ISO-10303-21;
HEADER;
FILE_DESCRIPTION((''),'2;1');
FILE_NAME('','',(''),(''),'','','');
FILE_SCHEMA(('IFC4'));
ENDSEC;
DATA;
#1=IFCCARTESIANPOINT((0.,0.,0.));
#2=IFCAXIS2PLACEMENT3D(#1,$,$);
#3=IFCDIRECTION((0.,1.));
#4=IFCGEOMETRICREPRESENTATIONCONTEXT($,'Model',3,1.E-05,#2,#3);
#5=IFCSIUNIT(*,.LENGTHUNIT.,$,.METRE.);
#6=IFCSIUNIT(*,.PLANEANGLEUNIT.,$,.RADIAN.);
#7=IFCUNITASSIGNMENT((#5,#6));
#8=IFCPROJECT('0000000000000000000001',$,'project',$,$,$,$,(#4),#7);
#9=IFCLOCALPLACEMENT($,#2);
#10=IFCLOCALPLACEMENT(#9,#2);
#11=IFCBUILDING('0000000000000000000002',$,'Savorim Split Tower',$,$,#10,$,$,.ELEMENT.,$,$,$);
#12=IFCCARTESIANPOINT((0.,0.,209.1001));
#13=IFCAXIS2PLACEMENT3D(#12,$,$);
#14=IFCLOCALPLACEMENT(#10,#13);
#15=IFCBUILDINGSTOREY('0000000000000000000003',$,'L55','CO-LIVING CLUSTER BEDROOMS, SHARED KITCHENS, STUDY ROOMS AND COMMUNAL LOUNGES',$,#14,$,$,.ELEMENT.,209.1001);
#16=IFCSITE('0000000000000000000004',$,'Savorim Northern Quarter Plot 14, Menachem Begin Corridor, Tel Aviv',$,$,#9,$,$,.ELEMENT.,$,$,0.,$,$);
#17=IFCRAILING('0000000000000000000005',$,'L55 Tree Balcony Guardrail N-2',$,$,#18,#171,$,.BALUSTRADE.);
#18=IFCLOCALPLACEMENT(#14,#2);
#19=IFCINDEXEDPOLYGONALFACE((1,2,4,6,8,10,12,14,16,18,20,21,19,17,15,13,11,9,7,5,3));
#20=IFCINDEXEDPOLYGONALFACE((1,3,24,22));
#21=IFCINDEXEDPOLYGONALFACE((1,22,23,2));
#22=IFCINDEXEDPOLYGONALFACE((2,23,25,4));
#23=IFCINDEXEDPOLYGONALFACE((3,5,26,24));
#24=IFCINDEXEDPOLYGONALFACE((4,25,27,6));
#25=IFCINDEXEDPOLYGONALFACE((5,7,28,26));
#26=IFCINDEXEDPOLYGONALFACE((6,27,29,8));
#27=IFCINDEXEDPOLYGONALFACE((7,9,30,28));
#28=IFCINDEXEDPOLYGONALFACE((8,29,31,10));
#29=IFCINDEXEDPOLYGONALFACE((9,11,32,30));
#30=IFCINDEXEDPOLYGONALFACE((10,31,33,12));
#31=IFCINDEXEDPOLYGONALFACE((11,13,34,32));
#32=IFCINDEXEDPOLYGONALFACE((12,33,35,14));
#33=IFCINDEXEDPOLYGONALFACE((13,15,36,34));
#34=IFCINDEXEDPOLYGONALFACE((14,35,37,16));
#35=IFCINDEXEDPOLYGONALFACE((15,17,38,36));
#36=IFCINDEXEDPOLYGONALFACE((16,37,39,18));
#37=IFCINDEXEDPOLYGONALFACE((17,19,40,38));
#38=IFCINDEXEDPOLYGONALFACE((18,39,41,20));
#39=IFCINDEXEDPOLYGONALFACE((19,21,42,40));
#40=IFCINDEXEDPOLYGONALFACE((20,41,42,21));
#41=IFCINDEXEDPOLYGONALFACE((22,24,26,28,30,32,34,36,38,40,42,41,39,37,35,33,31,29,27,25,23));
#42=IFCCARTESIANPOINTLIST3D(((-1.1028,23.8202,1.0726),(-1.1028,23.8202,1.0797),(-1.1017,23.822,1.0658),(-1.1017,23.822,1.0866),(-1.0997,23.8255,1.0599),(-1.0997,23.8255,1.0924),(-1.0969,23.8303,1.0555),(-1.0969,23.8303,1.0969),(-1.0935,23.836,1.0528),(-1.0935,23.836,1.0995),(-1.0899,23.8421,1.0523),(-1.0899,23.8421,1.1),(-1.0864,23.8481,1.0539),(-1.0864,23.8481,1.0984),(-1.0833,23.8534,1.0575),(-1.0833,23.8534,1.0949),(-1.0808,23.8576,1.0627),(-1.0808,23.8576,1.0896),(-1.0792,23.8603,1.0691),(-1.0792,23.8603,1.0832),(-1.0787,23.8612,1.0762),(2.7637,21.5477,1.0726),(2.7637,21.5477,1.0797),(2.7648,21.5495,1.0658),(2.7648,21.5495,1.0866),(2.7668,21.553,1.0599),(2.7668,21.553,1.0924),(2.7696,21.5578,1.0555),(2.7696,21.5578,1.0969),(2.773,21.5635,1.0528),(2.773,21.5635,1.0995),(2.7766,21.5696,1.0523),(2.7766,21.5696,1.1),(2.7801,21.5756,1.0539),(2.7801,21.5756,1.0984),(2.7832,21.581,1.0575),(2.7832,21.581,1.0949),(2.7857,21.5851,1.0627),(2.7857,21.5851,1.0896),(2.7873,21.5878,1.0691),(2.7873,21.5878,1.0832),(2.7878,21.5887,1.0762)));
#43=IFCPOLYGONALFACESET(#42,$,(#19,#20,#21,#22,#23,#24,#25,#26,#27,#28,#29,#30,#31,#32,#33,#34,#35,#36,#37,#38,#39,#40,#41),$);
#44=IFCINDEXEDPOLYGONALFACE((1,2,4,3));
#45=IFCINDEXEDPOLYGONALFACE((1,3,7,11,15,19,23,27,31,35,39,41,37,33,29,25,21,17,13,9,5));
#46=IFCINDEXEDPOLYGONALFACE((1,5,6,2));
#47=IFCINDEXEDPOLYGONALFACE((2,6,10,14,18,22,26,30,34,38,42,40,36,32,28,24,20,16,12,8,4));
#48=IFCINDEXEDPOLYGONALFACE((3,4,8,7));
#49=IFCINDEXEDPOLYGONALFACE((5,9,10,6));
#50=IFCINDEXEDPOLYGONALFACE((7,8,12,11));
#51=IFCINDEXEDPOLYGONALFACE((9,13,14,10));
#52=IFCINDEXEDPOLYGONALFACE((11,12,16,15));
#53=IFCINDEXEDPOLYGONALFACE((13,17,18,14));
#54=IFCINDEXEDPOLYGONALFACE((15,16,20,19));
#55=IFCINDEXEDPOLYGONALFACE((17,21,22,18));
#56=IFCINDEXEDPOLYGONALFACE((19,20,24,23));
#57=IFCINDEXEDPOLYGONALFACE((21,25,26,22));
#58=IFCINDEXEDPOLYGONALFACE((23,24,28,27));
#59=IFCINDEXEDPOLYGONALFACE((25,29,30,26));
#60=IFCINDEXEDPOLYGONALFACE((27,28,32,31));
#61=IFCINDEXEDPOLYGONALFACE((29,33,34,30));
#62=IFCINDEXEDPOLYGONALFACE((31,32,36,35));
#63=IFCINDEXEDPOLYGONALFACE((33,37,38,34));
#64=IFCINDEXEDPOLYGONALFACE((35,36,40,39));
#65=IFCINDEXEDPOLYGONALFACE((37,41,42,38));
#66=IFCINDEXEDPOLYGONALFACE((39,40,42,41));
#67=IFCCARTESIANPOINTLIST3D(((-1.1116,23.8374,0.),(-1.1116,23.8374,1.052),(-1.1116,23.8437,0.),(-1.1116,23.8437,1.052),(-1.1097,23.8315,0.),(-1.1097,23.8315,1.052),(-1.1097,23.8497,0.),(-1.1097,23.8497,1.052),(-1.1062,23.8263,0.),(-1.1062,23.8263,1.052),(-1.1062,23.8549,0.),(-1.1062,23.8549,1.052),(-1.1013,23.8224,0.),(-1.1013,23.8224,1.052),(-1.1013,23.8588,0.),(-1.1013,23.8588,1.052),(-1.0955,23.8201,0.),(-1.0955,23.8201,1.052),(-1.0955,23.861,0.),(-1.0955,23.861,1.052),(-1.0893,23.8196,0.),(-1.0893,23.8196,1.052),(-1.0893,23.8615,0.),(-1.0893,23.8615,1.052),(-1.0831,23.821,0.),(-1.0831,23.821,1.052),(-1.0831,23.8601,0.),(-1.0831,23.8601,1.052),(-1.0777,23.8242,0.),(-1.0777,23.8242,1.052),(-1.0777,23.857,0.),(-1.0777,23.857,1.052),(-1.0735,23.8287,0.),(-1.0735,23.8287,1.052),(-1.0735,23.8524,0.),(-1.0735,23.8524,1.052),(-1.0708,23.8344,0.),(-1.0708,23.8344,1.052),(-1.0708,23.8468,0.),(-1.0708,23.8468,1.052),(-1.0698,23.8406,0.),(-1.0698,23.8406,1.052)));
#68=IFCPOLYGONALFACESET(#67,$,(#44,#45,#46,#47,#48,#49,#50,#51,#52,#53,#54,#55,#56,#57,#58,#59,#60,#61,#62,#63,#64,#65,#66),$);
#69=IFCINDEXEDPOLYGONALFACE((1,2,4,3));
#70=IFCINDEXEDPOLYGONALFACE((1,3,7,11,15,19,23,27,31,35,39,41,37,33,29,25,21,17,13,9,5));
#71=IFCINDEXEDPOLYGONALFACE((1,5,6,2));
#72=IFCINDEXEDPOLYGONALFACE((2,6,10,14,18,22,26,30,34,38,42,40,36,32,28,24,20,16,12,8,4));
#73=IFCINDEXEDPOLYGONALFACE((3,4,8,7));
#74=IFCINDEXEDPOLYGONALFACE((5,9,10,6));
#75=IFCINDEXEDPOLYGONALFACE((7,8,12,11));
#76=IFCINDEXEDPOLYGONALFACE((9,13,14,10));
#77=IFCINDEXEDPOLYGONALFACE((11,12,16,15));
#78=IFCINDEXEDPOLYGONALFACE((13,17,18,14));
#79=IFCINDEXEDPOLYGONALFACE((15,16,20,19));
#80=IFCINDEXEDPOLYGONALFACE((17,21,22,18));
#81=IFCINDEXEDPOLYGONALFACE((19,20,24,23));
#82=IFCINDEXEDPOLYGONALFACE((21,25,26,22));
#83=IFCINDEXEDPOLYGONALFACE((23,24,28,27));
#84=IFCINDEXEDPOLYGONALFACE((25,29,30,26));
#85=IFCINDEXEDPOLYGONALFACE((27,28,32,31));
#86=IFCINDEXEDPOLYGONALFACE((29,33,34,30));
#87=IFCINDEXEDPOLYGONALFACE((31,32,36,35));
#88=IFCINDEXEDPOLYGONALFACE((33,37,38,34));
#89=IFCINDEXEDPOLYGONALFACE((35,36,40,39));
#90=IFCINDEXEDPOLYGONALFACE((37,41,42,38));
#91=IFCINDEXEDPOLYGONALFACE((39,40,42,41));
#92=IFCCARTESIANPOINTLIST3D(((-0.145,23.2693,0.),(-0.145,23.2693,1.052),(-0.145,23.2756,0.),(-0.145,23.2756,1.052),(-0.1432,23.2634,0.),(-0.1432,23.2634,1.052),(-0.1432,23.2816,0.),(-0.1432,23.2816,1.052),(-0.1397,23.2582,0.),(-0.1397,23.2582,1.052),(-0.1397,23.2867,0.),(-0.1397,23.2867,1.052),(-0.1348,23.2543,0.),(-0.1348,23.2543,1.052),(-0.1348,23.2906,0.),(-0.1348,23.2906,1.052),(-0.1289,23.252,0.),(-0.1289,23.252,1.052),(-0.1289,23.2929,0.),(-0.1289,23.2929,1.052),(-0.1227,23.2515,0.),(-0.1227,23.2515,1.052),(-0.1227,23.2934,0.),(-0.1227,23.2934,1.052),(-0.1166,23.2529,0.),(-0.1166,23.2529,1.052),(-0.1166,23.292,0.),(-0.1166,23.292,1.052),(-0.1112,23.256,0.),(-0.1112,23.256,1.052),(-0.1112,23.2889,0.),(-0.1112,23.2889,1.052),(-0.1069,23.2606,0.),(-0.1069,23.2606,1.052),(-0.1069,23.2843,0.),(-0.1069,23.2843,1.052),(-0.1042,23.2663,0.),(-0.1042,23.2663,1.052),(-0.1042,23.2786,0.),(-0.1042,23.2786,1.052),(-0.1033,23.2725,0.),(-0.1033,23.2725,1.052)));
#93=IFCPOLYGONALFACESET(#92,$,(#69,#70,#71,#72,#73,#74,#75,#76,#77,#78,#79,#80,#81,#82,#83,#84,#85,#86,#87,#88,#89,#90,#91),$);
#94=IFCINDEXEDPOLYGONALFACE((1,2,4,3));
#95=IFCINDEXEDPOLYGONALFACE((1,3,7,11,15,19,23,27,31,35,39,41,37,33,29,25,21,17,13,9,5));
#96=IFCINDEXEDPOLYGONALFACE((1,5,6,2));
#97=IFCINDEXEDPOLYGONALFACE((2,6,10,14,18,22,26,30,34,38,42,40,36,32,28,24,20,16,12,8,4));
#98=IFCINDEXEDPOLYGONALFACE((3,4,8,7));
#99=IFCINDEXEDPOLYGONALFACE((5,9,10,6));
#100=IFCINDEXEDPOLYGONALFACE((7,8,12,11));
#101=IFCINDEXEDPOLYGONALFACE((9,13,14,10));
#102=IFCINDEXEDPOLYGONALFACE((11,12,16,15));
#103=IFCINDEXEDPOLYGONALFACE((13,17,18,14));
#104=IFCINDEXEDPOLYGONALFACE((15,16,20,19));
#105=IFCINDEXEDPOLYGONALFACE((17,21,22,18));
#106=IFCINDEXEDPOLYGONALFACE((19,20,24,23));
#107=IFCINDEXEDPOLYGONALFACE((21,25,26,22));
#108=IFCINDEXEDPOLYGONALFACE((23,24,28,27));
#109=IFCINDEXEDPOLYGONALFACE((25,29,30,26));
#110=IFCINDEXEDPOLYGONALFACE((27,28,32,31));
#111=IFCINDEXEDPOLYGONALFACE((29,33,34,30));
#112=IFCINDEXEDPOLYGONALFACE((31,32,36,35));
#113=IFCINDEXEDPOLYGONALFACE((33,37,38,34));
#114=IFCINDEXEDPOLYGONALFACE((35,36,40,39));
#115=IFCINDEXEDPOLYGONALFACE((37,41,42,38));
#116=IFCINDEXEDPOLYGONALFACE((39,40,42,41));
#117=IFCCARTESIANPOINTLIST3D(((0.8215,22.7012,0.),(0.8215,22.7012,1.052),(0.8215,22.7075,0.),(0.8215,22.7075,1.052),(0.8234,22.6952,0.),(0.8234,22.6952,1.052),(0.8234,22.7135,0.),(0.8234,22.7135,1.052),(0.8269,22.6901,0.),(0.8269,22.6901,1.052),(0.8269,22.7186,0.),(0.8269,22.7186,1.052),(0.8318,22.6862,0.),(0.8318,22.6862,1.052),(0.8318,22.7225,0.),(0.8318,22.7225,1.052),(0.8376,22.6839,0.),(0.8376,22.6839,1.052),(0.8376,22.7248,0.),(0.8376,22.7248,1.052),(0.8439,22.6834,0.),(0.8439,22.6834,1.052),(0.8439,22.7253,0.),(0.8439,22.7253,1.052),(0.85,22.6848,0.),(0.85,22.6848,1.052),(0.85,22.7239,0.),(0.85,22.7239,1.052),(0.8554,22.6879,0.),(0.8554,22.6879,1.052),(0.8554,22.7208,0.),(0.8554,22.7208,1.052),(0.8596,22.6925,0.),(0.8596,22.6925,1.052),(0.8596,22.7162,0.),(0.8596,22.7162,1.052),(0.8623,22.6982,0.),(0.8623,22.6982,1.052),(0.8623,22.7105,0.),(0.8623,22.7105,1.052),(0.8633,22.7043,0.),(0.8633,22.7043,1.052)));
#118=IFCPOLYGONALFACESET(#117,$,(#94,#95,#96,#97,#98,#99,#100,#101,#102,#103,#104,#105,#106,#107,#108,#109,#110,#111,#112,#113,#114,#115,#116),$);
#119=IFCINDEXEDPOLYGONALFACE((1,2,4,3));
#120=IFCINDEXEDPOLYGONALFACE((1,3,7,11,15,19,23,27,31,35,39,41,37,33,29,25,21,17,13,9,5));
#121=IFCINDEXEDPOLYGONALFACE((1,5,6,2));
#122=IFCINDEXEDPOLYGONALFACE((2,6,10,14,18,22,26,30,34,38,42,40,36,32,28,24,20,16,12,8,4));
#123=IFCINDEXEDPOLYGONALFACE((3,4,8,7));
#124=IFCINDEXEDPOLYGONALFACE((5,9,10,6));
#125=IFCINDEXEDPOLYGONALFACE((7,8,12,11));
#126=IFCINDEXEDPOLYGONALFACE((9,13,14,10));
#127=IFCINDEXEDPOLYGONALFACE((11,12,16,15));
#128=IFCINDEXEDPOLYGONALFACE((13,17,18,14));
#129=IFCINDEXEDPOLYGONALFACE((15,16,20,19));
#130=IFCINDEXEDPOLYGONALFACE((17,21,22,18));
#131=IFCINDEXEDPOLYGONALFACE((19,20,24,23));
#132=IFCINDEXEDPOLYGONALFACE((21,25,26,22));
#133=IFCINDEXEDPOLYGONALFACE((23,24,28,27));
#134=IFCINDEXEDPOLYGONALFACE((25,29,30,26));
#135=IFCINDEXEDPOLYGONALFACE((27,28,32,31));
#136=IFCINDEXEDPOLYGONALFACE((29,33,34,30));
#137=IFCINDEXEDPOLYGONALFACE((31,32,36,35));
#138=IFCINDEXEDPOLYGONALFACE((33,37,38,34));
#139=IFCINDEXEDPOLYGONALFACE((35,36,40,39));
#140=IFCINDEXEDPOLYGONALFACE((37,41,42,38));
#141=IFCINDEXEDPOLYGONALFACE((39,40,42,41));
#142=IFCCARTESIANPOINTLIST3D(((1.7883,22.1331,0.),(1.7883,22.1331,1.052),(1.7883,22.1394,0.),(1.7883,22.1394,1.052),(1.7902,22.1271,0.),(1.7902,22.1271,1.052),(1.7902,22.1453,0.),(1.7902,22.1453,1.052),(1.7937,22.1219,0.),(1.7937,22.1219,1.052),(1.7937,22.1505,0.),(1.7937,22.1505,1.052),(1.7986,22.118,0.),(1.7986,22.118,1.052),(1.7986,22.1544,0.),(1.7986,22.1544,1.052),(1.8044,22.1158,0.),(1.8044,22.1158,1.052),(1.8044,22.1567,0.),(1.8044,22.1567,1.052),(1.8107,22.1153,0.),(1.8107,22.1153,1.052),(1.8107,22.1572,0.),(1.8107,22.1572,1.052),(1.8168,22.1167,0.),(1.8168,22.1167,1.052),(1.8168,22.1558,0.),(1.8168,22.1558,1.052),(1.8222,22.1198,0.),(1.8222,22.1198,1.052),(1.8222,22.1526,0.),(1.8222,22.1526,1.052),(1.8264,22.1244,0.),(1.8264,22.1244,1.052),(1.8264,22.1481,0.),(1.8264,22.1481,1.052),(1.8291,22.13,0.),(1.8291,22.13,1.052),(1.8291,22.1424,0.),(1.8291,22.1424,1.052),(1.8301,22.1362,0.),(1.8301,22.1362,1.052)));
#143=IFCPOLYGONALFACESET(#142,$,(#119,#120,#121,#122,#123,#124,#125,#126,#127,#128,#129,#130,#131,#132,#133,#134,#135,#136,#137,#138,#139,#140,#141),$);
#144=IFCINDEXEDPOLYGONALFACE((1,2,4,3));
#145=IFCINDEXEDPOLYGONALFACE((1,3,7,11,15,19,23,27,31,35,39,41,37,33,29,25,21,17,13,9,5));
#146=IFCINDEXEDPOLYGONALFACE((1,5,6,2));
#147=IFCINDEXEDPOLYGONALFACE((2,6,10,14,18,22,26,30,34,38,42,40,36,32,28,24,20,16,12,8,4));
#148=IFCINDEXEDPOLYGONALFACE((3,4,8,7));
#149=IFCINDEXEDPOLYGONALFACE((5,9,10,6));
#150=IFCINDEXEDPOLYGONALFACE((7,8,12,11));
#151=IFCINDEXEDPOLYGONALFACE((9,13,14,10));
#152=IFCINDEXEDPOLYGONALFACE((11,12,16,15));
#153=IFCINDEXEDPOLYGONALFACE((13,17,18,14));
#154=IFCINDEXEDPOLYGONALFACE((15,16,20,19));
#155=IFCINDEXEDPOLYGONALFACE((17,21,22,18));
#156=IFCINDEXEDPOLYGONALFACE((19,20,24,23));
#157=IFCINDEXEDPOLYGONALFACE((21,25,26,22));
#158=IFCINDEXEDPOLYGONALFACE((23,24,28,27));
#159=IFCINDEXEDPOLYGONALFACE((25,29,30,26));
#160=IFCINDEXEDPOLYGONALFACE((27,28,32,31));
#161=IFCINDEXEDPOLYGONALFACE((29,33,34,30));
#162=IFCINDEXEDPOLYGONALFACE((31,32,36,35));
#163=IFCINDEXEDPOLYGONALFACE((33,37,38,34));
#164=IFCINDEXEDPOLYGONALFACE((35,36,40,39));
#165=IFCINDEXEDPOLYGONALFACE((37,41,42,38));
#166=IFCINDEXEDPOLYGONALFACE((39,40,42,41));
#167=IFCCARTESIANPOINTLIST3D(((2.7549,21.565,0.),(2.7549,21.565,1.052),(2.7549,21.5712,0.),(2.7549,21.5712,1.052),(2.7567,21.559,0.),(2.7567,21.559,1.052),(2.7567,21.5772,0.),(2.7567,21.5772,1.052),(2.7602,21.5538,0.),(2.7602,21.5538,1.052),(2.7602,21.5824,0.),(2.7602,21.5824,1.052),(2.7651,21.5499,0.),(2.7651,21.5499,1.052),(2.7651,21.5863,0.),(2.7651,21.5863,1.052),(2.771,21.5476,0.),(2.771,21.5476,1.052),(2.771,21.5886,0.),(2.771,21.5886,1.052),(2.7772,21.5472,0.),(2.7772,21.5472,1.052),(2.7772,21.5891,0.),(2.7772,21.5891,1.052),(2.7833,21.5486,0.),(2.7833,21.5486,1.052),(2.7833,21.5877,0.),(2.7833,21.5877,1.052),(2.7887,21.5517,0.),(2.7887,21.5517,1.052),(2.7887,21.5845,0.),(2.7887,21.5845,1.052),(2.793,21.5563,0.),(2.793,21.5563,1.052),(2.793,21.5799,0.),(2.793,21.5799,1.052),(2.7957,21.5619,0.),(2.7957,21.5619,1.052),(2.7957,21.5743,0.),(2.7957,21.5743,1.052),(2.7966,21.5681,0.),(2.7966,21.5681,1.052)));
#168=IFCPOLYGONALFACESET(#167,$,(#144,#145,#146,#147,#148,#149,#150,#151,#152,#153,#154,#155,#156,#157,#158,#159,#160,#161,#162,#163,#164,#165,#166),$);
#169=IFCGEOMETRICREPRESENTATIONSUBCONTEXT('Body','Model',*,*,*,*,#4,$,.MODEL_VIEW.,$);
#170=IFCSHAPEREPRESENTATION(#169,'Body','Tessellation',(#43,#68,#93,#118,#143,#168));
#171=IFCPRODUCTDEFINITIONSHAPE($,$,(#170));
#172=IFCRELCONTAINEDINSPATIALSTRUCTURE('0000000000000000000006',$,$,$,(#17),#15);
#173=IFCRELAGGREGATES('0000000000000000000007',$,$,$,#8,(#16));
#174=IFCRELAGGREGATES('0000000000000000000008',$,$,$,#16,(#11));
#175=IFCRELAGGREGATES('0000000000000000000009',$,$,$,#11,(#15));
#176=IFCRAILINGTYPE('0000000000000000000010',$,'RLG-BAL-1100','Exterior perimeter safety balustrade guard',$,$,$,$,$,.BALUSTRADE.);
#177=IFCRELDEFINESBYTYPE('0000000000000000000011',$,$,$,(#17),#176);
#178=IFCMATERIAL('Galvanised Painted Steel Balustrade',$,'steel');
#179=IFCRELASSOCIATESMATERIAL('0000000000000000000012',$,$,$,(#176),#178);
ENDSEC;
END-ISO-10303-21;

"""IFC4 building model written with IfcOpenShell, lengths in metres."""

from ifc_helpers import new_model, si_unit, direction, frame, origin, origin_2d, place, context, subcontext, project, spatial, circle, extrude, material, type_object, element, save


model = new_model("IFC4")

# Units and contexts
model_context = context("Model", 3, precision=1e-05, world=origin(), true_north=direction((0.0, 1.0)))
body_context = subcontext(model_context, "Body", "Model", "MODEL_VIEW")
ifc_project = project(units=[si_unit("LENGTHUNIT", "METRE"), si_unit("PLANEANGLEUNIT", "RADIAN")], contexts=[model_context])

# Site, building, storey
site_placement = place(None, origin())
site = spatial("IfcSite", under=ifc_project, at=site_placement, Name="Savorim Northern Quarter Plot 14, Menachem Begin Corridor, Tel Aviv", CompositionType="ELEMENT", RefElevation=0.0)
building_placement = place(site_placement, origin())
building = spatial("IfcBuilding", under=site, at=building_placement, Name="Savorim Split Tower", CompositionType="ELEMENT")
storey_placement = place(building_placement, frame((0.0, 0.0, 209.1001)))
storey = spatial("IfcBuildingStorey", under=building, at=storey_placement, Name="L55", Description="CO-LIVING CLUSTER BEDROOMS, SHARED KITCHENS, STUDY ROOMS AND COMMUNAL LOUNGES", CompositionType="ELEMENT", Elevation=209.1001)

# Railing
ifc_material_1 = material(Name="Galvanised Painted Steel Balustrade", Category="steel")
railing_type = type_object("IfcRailingType", Name="RLG-BAL-1100", Description="Exterior perimeter safety balustrade guard", PredefinedType="BALUSTRADE", material=ifc_material_1)
railing_1_placement = place(storey_placement, frame((-1.0908, 23.8406, 0.0)))
element("IfcRailing", 1, at=railing_1_placement, inside=storey, type_object=railing_type, Name="L55 Tree Balcony Guardrail N-2", PredefinedType="BALUSTRADE", context=body_context, shape_type="SweptSolid", body=[
    extrude(circle(Radius=0.0239, at=origin_2d()), frame((0.0, 0.0, 1.0762), z_axis=(0.862122, -0.506701, 0.0), x_axis=(0.506701, 0.862122, 0.0)), (0.0, 0.0, 1.0), 4.4849),
    extrude(circle(Radius=0.021, at=origin_2d()), origin(), (0.0, 0.0, 1.0), 1.052),
    extrude(circle(Radius=0.021, at=origin_2d()), frame((0.9666, -0.5681, 0.0)), (0.0, 0.0, 1.0), 1.052),
    extrude(circle(Radius=0.021, at=origin_2d()), frame((1.9331, -1.1362, 0.0)), (0.0, 0.0, 1.0), 1.052),
    extrude(circle(Radius=0.021, at=origin_2d()), frame((2.8999, -1.7043, 0.0)), (0.0, 0.0, 1.0), 1.052),
    extrude(circle(Radius=0.021, at=origin_2d()), frame((3.8665, -2.2725, 0.0)), (0.0, 0.0, 1.0), 1.052),
])

save(model, "model.ifc")
